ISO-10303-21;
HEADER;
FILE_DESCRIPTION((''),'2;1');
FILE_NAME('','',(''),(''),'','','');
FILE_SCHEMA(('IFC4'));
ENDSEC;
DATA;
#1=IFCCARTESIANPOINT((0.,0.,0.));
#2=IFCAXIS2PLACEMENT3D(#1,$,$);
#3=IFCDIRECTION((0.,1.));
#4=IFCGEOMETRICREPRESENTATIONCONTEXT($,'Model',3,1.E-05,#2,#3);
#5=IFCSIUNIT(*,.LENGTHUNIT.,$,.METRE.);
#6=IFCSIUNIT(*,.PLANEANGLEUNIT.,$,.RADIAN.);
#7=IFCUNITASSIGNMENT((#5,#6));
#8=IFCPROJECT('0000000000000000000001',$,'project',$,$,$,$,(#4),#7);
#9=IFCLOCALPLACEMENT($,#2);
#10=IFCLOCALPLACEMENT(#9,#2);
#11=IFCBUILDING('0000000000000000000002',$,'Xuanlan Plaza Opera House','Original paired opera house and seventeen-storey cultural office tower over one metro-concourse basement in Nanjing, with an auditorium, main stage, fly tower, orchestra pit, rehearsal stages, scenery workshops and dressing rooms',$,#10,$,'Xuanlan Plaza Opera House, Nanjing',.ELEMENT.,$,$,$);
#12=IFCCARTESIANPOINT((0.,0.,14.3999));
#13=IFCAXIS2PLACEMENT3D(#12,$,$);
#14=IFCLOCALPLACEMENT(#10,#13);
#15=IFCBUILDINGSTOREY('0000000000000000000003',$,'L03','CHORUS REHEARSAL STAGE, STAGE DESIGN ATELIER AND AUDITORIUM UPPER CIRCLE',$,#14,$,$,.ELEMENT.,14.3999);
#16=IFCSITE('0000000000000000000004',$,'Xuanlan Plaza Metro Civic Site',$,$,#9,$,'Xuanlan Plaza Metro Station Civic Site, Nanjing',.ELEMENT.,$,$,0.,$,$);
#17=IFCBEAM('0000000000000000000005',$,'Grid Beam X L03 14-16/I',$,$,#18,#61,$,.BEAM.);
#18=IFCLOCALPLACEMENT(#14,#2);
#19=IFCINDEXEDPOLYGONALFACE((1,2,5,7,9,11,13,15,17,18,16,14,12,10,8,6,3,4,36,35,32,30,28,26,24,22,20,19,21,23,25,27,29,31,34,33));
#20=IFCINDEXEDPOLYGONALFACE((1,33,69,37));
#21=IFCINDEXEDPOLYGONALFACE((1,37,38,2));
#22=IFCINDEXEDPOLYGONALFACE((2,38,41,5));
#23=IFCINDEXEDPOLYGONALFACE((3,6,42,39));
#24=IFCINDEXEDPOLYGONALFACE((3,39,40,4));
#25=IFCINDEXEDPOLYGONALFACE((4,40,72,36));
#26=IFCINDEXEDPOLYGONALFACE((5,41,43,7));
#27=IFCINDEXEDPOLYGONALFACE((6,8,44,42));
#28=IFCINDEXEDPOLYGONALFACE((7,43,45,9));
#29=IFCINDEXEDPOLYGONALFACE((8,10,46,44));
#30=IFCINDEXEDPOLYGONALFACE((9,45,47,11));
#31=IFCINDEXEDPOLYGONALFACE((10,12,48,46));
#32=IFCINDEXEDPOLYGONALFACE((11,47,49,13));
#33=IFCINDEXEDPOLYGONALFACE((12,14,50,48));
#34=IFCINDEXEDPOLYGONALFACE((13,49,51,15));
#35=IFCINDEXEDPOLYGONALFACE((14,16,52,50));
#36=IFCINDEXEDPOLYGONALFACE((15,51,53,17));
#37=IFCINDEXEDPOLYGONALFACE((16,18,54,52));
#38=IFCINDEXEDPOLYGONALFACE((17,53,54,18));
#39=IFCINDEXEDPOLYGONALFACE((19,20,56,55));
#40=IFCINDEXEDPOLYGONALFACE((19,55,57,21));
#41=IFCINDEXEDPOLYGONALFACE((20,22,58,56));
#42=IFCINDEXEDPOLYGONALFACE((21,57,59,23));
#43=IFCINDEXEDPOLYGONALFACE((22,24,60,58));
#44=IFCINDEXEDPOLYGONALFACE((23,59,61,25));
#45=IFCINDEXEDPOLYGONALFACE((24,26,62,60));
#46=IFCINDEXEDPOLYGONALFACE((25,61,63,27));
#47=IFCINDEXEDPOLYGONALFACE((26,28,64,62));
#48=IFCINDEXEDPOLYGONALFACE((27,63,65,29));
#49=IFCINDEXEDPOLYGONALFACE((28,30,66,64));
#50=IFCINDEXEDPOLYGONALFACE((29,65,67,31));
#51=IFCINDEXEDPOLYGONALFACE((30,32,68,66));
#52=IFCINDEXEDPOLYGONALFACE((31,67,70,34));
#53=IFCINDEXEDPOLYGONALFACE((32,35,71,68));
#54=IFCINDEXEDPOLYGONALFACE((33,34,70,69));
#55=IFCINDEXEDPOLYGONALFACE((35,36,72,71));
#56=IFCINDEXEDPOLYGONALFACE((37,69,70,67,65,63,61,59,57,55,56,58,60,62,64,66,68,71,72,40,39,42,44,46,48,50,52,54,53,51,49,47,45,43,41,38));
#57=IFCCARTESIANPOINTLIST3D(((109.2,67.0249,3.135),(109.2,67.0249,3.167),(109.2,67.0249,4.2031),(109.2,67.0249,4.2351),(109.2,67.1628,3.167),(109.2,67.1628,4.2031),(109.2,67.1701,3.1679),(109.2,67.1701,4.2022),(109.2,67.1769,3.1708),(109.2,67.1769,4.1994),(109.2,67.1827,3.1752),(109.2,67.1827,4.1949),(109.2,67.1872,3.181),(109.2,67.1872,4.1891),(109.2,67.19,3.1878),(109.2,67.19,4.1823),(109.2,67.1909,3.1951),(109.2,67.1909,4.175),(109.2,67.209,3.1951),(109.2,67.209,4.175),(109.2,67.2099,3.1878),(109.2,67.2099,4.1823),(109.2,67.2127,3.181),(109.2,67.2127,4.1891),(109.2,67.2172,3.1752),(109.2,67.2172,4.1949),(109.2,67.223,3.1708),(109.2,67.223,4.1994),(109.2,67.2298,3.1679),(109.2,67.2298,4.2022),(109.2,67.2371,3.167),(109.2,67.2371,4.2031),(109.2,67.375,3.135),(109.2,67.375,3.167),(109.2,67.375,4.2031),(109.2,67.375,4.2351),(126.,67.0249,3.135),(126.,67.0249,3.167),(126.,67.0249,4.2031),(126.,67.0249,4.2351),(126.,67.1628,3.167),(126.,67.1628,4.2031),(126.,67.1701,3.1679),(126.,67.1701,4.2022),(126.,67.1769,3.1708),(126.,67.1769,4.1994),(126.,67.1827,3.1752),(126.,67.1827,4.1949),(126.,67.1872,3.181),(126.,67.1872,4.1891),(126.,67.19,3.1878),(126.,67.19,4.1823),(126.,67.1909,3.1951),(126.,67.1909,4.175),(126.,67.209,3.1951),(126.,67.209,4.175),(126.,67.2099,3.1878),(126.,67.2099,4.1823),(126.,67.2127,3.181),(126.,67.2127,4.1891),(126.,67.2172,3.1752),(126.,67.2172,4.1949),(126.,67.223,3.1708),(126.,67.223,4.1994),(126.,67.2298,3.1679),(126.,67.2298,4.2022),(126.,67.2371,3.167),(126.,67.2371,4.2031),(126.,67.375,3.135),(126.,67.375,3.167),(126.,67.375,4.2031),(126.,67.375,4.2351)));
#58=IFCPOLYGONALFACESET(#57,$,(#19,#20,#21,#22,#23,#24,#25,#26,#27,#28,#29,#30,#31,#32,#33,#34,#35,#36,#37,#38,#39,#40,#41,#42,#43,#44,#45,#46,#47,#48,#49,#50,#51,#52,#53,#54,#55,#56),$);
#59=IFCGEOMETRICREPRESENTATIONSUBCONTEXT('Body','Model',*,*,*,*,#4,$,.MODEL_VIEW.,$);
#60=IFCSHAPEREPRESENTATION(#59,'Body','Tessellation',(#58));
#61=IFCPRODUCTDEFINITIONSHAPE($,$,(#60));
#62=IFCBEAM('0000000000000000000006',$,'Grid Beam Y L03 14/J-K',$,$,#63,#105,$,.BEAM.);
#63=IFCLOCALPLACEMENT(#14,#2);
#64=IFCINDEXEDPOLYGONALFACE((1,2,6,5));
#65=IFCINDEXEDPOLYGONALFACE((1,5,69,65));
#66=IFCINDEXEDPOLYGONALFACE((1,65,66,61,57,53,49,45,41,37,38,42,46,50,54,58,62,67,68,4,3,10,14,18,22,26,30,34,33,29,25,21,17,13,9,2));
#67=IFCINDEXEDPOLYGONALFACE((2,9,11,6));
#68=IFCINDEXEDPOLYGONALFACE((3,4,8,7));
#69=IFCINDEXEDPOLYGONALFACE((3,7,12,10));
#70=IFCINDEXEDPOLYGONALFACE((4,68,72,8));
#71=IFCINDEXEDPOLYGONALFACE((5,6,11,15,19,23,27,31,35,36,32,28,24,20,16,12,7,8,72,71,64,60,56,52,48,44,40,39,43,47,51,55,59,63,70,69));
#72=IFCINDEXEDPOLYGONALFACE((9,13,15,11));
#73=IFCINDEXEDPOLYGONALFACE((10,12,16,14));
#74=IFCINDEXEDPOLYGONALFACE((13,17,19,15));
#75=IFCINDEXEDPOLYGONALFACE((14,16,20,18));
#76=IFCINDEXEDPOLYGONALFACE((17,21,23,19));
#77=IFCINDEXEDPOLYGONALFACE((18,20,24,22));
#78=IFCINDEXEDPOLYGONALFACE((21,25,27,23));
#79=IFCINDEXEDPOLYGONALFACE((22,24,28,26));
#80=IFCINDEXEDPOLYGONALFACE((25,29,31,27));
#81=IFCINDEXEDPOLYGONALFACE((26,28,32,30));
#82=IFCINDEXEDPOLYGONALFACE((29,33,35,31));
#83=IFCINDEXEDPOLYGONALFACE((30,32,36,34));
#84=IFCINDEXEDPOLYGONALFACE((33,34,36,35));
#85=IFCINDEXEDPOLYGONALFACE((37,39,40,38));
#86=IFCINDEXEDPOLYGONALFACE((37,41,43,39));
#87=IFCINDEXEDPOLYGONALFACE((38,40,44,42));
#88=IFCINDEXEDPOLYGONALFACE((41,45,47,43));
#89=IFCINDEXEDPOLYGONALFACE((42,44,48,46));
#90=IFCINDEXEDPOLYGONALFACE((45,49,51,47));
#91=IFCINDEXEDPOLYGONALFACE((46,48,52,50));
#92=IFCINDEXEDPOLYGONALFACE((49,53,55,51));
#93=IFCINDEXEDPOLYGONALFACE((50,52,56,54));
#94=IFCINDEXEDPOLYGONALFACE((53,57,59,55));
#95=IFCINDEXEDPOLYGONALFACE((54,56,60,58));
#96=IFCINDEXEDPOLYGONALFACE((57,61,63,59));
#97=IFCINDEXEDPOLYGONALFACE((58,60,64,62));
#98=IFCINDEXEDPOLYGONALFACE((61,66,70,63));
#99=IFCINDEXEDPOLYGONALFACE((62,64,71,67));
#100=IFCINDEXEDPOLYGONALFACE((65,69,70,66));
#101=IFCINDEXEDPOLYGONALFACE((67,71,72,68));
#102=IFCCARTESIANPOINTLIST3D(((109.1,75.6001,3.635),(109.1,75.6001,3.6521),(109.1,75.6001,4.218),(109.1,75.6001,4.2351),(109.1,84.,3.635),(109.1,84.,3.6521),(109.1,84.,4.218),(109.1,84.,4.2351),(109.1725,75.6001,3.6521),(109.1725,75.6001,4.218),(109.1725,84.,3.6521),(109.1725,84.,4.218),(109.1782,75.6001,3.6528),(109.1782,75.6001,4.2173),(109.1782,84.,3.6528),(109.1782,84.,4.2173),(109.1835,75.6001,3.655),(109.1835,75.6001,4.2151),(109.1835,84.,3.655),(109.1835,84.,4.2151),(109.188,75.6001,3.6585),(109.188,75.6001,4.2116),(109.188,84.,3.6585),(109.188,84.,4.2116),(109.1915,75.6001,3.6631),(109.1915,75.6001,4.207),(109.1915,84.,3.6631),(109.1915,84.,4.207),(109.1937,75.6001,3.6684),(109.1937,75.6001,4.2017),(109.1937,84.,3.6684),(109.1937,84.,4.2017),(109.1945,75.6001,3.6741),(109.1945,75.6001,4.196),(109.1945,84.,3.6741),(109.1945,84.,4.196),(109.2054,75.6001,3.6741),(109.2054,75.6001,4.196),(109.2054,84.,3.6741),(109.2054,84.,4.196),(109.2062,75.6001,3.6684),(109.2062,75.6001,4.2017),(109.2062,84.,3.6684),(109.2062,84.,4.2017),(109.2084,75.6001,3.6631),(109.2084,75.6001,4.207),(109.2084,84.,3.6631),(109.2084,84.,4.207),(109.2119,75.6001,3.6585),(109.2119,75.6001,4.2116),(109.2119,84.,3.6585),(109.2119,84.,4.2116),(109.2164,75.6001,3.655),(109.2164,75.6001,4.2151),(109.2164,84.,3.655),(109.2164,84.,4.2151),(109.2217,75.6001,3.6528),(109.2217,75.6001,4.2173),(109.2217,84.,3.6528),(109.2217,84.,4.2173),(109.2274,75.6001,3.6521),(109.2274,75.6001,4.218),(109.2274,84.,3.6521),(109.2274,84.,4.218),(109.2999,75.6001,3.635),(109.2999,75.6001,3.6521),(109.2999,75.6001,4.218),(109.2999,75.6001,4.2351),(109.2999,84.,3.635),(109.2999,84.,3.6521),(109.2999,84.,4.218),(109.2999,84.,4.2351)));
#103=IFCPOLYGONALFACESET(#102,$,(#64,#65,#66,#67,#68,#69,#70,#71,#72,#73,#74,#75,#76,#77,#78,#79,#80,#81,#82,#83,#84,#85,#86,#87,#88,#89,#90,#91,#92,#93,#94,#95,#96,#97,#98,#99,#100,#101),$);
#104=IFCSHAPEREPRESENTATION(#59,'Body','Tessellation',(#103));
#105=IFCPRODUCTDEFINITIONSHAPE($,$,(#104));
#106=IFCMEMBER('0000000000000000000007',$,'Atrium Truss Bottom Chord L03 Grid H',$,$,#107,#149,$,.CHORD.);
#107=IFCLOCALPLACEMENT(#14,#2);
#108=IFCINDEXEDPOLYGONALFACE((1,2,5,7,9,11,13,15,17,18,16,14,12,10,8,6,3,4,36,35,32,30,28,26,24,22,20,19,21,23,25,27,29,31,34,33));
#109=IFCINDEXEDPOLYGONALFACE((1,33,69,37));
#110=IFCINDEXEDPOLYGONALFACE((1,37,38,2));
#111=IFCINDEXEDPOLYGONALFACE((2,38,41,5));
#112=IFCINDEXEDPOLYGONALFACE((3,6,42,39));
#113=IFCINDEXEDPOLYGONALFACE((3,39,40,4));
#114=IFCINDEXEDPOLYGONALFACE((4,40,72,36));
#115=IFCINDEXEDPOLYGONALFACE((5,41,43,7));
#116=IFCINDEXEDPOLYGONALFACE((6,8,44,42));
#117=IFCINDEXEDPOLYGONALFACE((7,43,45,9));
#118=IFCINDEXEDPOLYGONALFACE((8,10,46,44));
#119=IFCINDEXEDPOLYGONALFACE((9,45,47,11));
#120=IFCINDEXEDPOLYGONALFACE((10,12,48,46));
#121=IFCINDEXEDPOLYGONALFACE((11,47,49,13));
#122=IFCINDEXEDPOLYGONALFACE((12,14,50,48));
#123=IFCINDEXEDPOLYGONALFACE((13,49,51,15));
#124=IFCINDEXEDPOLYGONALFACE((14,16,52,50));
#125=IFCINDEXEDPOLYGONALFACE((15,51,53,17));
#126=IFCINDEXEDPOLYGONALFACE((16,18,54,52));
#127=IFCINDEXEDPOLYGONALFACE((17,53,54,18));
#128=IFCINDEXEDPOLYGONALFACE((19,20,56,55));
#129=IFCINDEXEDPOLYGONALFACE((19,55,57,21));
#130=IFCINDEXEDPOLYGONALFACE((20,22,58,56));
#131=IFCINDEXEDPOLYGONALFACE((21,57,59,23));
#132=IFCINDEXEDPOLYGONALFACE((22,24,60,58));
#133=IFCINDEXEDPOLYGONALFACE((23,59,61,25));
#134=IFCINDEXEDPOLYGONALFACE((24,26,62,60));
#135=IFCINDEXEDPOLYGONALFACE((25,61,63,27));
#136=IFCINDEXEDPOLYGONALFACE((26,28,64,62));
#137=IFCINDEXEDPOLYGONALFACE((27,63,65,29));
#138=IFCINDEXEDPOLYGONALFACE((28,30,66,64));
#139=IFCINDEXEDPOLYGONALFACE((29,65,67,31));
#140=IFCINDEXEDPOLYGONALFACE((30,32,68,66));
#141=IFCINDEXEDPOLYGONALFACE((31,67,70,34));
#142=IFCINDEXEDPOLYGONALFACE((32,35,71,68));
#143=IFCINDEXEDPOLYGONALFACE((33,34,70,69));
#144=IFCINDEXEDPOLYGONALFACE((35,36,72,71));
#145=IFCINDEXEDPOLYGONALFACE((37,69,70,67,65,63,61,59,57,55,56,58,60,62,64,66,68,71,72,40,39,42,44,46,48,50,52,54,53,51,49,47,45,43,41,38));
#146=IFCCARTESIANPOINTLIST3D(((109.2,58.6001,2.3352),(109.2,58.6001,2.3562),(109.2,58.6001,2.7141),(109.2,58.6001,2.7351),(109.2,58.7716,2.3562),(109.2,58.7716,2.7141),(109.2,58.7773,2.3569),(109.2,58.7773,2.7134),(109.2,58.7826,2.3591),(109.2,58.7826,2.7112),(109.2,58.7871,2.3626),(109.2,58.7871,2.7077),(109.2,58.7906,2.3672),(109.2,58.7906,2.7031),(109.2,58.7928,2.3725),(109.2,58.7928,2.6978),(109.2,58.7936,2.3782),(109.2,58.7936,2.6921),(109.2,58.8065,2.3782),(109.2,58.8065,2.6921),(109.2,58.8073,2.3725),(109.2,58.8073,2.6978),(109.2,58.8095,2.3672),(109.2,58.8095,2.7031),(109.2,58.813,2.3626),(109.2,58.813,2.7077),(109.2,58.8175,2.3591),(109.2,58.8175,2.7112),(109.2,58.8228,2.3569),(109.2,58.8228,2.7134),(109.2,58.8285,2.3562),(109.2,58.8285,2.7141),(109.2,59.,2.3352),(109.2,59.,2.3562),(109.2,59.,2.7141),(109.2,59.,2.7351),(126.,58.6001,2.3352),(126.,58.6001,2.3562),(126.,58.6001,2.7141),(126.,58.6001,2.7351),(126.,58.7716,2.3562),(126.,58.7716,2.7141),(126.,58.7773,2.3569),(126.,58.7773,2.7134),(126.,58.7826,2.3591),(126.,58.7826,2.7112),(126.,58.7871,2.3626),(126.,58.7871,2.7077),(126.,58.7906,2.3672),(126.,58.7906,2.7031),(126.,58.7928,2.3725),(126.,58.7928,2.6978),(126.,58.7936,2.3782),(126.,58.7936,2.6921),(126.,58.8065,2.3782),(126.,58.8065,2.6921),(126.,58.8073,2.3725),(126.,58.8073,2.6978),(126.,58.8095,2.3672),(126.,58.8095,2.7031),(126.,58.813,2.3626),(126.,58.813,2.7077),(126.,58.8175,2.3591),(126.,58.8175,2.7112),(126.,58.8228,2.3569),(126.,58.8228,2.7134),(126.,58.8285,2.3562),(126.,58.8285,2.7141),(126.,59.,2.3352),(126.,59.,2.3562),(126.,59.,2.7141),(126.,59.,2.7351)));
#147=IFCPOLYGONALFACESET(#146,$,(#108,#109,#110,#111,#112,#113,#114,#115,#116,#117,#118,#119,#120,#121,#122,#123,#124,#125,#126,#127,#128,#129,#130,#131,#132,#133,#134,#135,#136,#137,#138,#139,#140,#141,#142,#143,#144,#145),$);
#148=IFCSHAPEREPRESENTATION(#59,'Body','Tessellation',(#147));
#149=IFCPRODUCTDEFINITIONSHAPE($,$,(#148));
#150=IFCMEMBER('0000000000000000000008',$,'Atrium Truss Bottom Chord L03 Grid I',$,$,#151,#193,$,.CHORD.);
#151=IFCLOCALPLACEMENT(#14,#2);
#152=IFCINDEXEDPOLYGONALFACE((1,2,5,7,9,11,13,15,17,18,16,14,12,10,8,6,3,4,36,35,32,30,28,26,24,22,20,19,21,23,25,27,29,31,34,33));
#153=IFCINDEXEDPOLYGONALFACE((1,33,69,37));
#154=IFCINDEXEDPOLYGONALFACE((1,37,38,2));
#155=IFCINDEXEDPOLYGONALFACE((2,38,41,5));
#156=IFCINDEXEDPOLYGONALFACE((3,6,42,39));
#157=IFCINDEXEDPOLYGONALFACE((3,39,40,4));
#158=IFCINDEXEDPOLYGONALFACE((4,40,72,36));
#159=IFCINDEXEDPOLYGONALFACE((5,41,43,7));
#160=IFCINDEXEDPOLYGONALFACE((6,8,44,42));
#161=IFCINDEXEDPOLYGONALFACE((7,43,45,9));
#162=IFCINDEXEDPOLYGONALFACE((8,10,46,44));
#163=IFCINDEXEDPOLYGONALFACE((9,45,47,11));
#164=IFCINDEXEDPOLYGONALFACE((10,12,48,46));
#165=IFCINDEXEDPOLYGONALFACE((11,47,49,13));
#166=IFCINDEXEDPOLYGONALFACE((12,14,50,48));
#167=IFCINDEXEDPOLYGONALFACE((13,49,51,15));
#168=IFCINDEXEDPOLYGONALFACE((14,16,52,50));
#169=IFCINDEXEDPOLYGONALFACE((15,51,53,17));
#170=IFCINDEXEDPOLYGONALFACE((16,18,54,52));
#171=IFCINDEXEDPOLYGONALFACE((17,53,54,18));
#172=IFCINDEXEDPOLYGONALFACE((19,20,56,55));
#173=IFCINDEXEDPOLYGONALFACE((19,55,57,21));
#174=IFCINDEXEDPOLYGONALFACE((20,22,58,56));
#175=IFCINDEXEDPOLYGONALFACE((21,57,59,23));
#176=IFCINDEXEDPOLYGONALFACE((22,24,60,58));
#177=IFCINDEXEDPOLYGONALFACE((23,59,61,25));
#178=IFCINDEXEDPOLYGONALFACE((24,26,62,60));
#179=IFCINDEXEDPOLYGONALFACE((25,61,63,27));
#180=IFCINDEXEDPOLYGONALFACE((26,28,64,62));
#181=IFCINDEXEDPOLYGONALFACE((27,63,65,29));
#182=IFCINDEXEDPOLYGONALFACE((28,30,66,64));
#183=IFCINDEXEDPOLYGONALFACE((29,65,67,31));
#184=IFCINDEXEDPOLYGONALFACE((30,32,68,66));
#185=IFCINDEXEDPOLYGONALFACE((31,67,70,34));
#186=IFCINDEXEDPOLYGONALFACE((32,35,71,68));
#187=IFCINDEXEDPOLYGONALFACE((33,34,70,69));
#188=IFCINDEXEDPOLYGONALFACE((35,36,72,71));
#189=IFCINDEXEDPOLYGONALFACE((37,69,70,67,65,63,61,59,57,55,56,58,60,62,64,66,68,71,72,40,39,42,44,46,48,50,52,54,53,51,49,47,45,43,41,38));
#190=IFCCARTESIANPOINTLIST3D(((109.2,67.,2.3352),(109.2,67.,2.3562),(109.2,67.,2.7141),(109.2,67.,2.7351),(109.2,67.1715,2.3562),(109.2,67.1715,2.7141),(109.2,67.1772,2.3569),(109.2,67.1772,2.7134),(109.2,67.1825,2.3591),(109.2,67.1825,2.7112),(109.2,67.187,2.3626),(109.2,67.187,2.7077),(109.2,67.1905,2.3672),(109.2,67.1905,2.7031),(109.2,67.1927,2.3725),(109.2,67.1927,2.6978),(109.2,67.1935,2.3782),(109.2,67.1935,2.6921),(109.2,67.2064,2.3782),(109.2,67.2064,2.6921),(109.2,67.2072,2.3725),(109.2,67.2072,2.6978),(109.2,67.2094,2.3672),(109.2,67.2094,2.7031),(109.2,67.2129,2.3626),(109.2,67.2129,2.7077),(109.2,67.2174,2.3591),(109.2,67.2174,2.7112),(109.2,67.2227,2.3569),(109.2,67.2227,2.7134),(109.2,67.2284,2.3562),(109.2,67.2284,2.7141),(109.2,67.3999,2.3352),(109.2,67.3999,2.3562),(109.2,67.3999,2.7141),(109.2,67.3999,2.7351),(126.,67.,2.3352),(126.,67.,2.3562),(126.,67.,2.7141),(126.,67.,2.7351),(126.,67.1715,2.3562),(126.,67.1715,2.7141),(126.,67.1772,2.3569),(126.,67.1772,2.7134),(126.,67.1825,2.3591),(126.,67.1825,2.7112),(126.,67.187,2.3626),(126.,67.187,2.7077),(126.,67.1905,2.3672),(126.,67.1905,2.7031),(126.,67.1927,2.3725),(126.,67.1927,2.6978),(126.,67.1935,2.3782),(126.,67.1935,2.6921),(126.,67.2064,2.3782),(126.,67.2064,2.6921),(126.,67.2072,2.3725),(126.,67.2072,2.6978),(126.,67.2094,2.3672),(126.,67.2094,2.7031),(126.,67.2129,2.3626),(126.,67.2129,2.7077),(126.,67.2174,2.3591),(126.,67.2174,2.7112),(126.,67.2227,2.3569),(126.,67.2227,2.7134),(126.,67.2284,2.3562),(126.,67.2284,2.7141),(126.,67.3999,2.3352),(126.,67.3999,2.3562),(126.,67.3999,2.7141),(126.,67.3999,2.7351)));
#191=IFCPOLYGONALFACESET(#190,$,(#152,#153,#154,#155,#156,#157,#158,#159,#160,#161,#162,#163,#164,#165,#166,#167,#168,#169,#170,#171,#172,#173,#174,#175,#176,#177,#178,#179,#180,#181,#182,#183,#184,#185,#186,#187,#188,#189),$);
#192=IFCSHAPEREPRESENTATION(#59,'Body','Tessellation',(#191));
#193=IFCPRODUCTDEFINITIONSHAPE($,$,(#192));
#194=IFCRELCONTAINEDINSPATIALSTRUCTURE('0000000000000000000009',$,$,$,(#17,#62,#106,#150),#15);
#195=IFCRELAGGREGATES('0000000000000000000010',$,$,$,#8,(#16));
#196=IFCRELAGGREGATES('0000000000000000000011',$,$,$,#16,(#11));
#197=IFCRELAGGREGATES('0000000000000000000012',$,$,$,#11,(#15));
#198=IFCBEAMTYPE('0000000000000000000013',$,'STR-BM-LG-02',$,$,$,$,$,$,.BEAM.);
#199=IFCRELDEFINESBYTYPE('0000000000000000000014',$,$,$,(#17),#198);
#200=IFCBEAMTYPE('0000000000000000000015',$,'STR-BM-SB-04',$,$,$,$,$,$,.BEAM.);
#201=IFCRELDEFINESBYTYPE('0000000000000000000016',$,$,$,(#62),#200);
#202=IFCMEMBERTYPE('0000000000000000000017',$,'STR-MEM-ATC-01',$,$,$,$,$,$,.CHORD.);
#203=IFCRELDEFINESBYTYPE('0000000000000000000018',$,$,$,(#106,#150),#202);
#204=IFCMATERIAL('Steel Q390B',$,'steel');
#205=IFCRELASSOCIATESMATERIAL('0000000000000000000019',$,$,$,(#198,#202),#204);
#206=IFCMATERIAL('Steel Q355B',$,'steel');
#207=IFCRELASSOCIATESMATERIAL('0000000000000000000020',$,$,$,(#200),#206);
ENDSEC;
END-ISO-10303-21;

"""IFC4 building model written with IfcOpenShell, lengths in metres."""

from ifc_helpers import new_model, si_unit, direction, frame, origin, origin_2d, place, context, subcontext, project, spatial, i_section, extrude, material, material_profile, profile_set, type_object, element, save


model = new_model("IFC4")

# Units and contexts
model_context = context("Model", 3, precision=1e-05, world=origin(), true_north=direction((0.0, 1.0)))
body_context = subcontext(model_context, "Body", "Model", "MODEL_VIEW")
ifc_project = project(units=[si_unit("LENGTHUNIT", "METRE"), si_unit("PLANEANGLEUNIT", "RADIAN")], contexts=[model_context])

# Site, building, storey
site_placement = place(None, origin())
site = spatial("IfcSite", under=ifc_project, at=site_placement, Name="Xuanlan Plaza Metro Civic Site", LongName="Xuanlan Plaza Metro Station Civic Site, Nanjing", CompositionType="ELEMENT", RefElevation=0.0)
building_placement = place(site_placement, origin())
building = spatial("IfcBuilding", under=site, at=building_placement, Name="Xuanlan Plaza Opera House", Description="Original paired opera house and seventeen-storey cultural office tower over one metro-concourse basement in Nanjing, with an auditorium, main stage, fly tower, orchestra pit, rehearsal stages, scenery workshops and dressing rooms", LongName="Xuanlan Plaza Opera House, Nanjing", CompositionType="ELEMENT")
storey_placement = place(building_placement, frame((0.0, 0.0, 14.3999)))
storey = spatial("IfcBuildingStorey", under=building, at=storey_placement, Name="L03", Description="CHORUS REHEARSAL STAGE, STAGE DESIGN ATELIER AND AUDITORIUM UPPER CIRCLE", CompositionType="ELEMENT", Elevation=14.3999)

# Shared definitions
ifc_material_1 = material(Name="Steel Q355B", Category="steel")

# Beams
ifc_material_2 = material(Name="Steel Q390B", Category="steel")
ifc_material_profile_1 = material_profile(ifc_material_2, i_section(OverallWidth=0.3501, OverallDepth=1.1001, WebThickness=0.0181, FlangeThickness=0.032, FilletRadius=0.0281, at=origin_2d()), Name="HN 1100x350x18x32")
ifc_profile_set_1 = profile_set([ifc_material_profile_1], Name="Steel Q390B")
beam_type_1 = type_object("IfcBeamType", Name="STR-BM-LG-02", PredefinedType="BEAM", material=ifc_profile_set_1)
for number, where, z_axis, x_axis, name in (
    (1, (109.2, 67.2, 3.6851), (1.0, 0.0, 0.0), (0.0, 1.0, 0.0), "Grid Beam X L03 14-16/I"),
):
    element("IfcBeam", number, at=place(storey_placement, frame(where, z_axis=z_axis, x_axis=x_axis)), inside=storey, type_object=beam_type_1, Name=name, PredefinedType="BEAM", context=body_context, shape_type="SweptSolid", body=[
        extrude(i_section(OverallWidth=0.3501, OverallDepth=1.1001, WebThickness=0.0181, FlangeThickness=0.032, FilletRadius=0.0281, at=origin_2d()), origin(), (0.0, 0.0, 1.0), 16.8),
    ])
ifc_material_profile_2 = material_profile(ifc_material_1, i_section(OverallWidth=0.2, OverallDepth=0.6001, WebThickness=0.011, FlangeThickness=0.0171, FilletRadius=0.022, at=origin_2d()), Name="HN 600x200x11x17")
ifc_profile_set_2 = profile_set([ifc_material_profile_2], Name="Steel Q355B")
beam_type_2 = type_object("IfcBeamType", Name="STR-BM-SB-04", PredefinedType="BEAM", material=ifc_profile_set_2)
beam_1_placement = place(storey_placement, frame((109.2, 75.6001, 3.9351), z_axis=(0.0, 1.0, 0.0), x_axis=(-1.0, 0.0, 0.0)))
element("IfcBeam", 2, at=beam_1_placement, inside=storey, type_object=beam_type_2, Name="Grid Beam Y L03 14/J-K", PredefinedType="BEAM", context=body_context, shape_type="SweptSolid", body=[
    extrude(i_section(OverallWidth=0.2, OverallDepth=0.6001, WebThickness=0.011, FlangeThickness=0.0171, FilletRadius=0.022, at=origin_2d()), origin(), (0.0, 0.0, 1.0), 8.3999),
])

# Members
ifc_material_profile_3 = material_profile(ifc_material_2, i_section(OverallWidth=0.3999, OverallDepth=0.3999, WebThickness=0.0129, FlangeThickness=0.021, FilletRadius=0.022, at=origin_2d()), Name="HW 400x400x13x21")
ifc_profile_set_3 = profile_set([ifc_material_profile_3], Name="Steel Q390B")
member_type_1 = type_object("IfcMemberType", Name="STR-MEM-ATC-01", PredefinedType="CHORD", material=ifc_profile_set_3)
for number, where, z_axis, x_axis, name in (
    (3, (109.2, 58.8, 2.5352), (1.0, 0.0, 0.0), (0.0, 1.0, 0.0), "Atrium Truss Bottom Chord L03 Grid H"),
    (4, (109.2, 67.2, 2.5352), (1.0, 0.0, 0.0), (0.0, 1.0, 0.0), "Atrium Truss Bottom Chord L03 Grid I"),
):
    element("IfcMember", number, at=place(storey_placement, frame(where, z_axis=z_axis, x_axis=x_axis)), inside=storey, type_object=member_type_1, Name=name, PredefinedType="CHORD", context=body_context, shape_type="SweptSolid", body=[
        extrude(i_section(OverallWidth=0.3999, OverallDepth=0.3999, WebThickness=0.0129, FlangeThickness=0.021, FilletRadius=0.022, at=origin_2d()), origin(), (0.0, 0.0, 1.0), 16.8),
    ])

save(model, "model.ifc")
